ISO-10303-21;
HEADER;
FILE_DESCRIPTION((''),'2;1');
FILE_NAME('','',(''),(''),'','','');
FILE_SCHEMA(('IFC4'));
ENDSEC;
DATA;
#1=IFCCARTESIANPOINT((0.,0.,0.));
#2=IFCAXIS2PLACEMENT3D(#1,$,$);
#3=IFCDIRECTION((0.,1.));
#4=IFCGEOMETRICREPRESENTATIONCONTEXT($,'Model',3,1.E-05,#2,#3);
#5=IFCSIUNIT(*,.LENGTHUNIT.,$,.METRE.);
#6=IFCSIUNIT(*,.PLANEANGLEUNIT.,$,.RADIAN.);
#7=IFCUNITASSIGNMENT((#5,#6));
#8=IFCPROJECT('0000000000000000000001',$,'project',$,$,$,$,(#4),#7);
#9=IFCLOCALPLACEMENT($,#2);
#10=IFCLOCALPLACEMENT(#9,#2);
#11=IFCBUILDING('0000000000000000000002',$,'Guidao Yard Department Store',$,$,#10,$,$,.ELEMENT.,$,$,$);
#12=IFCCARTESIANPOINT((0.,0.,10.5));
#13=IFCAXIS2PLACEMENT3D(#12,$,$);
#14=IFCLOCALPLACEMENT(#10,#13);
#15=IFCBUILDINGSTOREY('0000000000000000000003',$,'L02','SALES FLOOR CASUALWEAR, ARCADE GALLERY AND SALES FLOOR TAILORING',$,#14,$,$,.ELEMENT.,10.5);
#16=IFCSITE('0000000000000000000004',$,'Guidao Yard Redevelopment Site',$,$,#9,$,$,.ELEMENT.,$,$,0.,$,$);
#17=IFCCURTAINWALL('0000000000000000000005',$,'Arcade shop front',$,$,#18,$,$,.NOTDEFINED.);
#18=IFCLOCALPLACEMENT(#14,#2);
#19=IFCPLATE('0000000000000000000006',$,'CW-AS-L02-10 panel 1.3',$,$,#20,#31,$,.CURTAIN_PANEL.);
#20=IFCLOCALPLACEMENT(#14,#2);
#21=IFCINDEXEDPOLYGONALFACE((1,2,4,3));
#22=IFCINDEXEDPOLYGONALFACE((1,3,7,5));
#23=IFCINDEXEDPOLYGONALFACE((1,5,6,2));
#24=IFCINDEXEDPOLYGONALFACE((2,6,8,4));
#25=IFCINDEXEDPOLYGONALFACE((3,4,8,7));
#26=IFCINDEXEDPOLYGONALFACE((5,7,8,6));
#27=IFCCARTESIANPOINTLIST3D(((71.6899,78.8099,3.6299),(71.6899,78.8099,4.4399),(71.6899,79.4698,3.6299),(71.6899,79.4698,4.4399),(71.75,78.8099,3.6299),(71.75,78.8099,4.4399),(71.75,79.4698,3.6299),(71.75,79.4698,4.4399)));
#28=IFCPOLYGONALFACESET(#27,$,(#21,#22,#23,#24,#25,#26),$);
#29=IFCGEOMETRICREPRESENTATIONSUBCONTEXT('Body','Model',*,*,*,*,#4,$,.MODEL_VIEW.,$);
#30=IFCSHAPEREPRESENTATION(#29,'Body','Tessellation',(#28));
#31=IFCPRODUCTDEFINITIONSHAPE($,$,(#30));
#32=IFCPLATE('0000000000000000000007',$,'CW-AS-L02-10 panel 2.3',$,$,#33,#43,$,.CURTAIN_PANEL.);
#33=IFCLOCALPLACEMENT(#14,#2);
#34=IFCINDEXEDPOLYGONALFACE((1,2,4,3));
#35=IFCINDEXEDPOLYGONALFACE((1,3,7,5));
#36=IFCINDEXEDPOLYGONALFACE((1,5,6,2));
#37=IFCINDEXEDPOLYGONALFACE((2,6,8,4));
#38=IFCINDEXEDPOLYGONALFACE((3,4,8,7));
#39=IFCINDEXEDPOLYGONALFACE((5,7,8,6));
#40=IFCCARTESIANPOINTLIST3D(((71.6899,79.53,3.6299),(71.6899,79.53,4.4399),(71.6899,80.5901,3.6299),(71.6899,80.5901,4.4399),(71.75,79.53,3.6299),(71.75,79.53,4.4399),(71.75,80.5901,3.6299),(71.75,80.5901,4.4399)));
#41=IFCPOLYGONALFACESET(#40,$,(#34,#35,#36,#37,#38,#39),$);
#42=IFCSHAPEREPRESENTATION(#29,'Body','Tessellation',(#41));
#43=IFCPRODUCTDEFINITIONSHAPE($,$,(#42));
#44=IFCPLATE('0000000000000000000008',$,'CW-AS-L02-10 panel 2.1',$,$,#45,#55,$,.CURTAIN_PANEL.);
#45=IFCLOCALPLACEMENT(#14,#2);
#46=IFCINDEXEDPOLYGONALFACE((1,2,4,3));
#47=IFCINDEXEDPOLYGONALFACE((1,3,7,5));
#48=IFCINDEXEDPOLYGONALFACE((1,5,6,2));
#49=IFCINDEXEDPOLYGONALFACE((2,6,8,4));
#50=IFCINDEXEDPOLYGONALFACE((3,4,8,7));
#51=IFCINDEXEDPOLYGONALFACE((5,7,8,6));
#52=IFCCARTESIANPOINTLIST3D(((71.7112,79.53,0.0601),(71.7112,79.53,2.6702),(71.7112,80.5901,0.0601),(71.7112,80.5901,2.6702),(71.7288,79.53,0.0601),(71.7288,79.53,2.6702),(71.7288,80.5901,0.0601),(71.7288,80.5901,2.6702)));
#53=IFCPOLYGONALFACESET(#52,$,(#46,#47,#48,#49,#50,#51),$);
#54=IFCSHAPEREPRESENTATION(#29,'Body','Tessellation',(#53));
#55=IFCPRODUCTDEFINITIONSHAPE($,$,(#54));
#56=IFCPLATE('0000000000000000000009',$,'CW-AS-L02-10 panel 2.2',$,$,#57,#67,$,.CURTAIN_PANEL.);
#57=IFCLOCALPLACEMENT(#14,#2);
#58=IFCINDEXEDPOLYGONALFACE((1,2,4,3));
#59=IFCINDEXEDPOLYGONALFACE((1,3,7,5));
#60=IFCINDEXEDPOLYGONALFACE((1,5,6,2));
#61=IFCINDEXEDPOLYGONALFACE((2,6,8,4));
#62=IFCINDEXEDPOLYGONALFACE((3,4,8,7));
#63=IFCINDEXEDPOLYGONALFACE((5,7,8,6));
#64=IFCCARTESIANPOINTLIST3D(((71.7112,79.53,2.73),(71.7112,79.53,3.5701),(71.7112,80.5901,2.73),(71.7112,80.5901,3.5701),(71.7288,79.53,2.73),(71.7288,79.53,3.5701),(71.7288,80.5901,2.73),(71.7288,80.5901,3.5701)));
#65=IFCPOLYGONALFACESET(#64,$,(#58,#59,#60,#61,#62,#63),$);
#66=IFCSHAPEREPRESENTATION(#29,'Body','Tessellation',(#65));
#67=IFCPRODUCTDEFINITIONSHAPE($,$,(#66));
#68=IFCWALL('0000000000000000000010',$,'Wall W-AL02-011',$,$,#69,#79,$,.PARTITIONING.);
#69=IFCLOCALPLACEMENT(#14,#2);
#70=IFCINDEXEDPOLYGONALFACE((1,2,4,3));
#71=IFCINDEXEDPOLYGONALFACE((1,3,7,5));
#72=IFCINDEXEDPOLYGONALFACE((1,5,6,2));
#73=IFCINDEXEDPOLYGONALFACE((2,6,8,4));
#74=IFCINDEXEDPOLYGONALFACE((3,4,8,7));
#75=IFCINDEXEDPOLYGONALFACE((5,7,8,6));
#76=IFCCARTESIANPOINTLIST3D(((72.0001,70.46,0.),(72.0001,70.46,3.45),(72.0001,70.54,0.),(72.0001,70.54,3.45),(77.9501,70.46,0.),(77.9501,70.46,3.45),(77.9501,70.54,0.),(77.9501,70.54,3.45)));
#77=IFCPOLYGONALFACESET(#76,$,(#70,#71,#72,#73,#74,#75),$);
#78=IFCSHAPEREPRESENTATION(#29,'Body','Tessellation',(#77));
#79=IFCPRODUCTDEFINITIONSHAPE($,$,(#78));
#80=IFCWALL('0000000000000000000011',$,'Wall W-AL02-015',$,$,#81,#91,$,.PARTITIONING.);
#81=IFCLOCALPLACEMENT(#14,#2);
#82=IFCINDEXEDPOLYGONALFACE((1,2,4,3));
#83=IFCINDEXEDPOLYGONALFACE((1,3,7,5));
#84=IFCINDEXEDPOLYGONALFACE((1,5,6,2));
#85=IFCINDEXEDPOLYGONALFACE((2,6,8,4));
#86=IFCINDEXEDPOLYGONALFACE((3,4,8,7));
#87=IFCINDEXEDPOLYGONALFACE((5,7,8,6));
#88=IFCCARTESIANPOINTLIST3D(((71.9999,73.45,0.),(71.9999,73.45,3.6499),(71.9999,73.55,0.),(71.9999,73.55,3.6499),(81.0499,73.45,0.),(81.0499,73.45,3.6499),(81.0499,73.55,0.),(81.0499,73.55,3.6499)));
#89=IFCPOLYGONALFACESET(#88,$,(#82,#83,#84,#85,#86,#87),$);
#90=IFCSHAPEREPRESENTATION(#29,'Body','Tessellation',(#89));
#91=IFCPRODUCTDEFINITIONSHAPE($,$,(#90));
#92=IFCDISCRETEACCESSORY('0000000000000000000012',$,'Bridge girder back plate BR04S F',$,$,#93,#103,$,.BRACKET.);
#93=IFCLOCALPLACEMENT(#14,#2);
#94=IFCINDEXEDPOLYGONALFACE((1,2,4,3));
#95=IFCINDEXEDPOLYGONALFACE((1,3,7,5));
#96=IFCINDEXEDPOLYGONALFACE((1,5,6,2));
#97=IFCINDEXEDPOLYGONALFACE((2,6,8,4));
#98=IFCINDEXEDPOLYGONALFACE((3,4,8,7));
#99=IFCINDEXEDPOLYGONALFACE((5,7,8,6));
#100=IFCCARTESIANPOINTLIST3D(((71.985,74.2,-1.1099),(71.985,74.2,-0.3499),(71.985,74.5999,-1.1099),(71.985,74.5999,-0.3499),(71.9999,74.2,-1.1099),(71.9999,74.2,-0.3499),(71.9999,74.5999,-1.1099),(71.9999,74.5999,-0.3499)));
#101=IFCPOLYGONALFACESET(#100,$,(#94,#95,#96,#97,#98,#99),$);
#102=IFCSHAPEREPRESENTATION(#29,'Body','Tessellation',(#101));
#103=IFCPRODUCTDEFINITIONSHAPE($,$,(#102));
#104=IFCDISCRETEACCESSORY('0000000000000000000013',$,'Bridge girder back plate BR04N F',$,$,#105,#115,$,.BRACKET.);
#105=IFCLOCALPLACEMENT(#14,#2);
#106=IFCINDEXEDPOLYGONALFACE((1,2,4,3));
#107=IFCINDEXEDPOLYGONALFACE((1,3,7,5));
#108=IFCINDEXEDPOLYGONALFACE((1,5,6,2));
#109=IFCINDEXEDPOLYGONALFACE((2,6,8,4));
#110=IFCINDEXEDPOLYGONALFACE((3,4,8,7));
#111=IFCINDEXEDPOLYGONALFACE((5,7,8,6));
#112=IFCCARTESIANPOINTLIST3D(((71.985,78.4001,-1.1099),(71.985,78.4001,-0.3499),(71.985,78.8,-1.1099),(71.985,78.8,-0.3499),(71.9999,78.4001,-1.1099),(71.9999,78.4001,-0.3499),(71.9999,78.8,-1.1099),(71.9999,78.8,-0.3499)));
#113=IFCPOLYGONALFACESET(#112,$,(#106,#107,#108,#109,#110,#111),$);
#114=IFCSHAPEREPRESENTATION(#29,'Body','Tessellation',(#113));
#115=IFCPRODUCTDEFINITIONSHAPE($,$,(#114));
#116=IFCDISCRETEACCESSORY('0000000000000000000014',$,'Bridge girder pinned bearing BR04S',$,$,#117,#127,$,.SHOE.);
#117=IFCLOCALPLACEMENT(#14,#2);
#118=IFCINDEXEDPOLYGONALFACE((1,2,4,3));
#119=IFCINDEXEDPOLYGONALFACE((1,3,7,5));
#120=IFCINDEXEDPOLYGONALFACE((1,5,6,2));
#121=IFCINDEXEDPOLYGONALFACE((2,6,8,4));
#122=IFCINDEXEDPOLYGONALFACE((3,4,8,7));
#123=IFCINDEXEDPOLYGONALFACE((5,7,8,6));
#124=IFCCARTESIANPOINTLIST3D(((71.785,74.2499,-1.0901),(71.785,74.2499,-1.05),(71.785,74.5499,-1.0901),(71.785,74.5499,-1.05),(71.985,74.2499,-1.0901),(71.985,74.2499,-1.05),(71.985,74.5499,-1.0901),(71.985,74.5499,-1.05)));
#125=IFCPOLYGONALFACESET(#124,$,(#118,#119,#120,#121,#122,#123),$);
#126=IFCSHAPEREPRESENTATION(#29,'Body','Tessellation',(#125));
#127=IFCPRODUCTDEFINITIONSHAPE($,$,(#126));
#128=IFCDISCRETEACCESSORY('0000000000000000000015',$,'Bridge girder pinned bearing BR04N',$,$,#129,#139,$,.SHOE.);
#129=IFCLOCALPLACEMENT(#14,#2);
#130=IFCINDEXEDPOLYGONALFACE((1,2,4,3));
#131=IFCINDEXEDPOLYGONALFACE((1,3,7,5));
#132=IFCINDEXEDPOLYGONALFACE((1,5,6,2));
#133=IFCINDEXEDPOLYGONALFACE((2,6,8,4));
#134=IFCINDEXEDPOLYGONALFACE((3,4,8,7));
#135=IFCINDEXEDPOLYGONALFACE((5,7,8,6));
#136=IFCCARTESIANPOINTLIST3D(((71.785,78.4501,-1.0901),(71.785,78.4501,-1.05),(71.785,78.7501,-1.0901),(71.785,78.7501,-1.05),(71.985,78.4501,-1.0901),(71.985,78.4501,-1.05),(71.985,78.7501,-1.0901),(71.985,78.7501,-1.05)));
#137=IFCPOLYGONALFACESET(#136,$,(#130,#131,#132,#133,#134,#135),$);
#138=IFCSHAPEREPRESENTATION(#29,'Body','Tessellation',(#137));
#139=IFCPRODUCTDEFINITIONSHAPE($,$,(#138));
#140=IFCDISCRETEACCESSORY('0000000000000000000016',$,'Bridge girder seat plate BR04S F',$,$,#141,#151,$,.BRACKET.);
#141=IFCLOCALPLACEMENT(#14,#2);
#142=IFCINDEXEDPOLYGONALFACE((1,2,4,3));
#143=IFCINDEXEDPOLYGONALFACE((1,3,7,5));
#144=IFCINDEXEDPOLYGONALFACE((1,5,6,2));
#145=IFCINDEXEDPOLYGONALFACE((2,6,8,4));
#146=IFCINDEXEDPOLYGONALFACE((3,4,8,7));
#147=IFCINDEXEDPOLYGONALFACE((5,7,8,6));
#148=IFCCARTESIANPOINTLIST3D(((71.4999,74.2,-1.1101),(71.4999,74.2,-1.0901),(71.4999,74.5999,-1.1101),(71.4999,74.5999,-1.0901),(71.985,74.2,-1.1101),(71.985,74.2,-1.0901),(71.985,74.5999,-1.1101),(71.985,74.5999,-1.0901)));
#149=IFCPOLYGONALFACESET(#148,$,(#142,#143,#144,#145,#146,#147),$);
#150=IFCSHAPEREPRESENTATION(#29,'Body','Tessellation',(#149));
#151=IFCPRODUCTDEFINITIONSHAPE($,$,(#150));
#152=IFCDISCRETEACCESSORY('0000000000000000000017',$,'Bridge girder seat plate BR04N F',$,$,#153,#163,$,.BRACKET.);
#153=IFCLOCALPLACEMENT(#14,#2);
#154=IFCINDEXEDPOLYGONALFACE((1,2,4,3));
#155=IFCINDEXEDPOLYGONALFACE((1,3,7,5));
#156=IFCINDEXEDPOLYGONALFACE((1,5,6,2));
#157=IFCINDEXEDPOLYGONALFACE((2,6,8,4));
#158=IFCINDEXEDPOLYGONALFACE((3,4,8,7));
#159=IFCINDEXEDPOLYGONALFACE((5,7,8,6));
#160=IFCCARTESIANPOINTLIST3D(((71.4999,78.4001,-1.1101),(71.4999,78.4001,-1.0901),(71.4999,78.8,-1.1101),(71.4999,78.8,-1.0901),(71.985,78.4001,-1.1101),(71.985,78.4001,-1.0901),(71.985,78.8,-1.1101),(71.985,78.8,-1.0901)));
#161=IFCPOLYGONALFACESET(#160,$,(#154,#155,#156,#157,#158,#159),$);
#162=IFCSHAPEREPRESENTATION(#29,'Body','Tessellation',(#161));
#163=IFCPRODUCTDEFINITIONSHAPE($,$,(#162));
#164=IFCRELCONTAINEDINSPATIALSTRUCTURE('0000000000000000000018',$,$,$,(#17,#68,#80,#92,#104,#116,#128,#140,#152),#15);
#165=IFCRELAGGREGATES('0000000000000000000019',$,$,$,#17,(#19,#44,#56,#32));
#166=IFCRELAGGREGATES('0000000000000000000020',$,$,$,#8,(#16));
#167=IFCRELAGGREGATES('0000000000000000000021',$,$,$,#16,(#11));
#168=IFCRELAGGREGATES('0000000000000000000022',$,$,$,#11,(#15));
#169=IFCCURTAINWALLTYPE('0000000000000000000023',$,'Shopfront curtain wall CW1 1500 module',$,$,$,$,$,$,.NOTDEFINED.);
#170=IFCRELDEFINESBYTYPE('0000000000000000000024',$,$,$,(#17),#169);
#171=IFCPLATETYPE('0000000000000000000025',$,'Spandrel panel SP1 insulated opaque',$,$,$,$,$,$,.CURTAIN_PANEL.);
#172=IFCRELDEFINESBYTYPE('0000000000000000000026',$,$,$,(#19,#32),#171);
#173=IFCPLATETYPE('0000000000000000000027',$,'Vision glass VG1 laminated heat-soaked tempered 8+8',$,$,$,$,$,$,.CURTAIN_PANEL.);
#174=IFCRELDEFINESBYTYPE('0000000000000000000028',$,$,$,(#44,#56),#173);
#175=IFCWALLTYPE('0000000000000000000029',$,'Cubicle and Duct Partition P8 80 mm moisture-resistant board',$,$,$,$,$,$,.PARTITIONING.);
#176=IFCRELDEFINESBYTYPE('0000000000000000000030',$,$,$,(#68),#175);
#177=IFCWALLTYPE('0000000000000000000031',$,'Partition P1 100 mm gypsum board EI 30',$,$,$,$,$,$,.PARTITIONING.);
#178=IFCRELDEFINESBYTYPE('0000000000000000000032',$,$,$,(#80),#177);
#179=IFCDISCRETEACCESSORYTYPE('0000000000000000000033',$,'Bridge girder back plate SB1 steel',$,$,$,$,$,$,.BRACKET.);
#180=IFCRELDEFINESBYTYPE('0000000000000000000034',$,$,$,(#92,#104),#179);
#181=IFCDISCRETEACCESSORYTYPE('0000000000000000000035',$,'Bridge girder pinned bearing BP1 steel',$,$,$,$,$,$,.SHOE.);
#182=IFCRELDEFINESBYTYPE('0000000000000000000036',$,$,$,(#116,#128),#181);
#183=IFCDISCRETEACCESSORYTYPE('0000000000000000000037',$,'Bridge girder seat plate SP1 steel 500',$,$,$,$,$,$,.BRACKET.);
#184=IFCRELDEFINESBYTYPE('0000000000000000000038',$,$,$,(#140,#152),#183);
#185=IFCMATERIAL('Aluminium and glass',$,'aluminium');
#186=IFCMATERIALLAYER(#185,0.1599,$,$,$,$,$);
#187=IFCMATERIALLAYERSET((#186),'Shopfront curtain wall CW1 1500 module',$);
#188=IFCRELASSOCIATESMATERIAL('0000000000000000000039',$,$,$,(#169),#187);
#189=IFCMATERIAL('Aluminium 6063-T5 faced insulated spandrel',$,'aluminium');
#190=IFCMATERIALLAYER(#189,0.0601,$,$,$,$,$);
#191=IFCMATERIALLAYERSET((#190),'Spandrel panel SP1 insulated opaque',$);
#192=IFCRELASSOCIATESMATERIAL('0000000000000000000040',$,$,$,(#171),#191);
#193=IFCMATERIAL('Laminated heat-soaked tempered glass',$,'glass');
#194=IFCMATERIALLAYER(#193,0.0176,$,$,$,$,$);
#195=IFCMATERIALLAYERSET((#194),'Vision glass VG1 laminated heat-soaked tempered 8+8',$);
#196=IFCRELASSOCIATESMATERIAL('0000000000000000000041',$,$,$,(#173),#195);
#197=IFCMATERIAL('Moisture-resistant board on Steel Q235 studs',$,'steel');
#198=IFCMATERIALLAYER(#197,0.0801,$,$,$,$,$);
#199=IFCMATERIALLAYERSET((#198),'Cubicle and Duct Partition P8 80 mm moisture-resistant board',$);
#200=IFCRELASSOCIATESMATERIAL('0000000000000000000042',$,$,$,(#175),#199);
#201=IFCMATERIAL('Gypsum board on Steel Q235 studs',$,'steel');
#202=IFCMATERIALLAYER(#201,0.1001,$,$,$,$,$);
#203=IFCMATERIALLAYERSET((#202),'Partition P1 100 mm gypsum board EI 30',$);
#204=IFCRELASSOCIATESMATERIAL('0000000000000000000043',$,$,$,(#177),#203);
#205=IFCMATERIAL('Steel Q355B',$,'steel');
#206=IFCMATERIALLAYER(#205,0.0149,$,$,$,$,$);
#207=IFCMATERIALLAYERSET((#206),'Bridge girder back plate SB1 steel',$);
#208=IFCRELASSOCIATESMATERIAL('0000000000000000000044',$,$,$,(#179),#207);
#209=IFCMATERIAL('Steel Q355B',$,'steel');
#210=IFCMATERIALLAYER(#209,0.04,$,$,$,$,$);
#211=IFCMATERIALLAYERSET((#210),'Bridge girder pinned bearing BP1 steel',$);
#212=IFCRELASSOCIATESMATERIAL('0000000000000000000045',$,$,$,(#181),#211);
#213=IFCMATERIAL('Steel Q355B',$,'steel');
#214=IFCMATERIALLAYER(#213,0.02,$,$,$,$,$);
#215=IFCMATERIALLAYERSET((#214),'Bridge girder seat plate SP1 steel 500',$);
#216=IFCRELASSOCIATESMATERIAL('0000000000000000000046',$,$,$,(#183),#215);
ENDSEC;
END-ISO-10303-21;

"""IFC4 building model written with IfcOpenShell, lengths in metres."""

from ifc_helpers import new_model, si_unit, direction, frame, frame_2d, origin, origin_2d, place, context, subcontext, project, spatial, rectangle, extrude, material, layer, layer_set, type_object, element, aggregate, save


model = new_model("IFC4")

# Units and contexts
model_context = context("Model", 3, precision=1e-05, world=origin(), true_north=direction((0.0, 1.0)))
body_context = subcontext(model_context, "Body", "Model", "MODEL_VIEW")
ifc_project = project(units=[si_unit("LENGTHUNIT", "METRE"), si_unit("PLANEANGLEUNIT", "RADIAN")], contexts=[model_context])

# Site, building, storey
site_placement = place(None, origin())
site = spatial("IfcSite", under=ifc_project, at=site_placement, Name="Guidao Yard Redevelopment Site", CompositionType="ELEMENT", RefElevation=0.0)
building_placement = place(site_placement, origin())
building = spatial("IfcBuilding", under=site, at=building_placement, Name="Guidao Yard Department Store", CompositionType="ELEMENT")
storey_placement = place(building_placement, frame((0.0, 0.0, 10.5)))
storey = spatial("IfcBuildingStorey", under=building, at=storey_placement, Name="L02", Description="SALES FLOOR CASUALWEAR, ARCADE GALLERY AND SALES FLOOR TAILORING", CompositionType="ELEMENT", Elevation=10.5)

# Curtain wall
ifc_material_1 = material(Name="Aluminium and glass", Category="aluminium")
ifc_layer_1 = layer(ifc_material_1, 0.1599)
ifc_layer_set_1 = layer_set([ifc_layer_1], Name="Shopfront curtain wall CW1 1500 module")
curtain_wall_type_1 = type_object("IfcCurtainWallType", Name="Shopfront curtain wall CW1 1500 module", PredefinedType="NOTDEFINED", material=ifc_layer_set_1)
curtain_wall_1_placement = place(storey_placement, origin())
curtain_wall_1 = element("IfcCurtainWall", 1, at=curtain_wall_1_placement, inside=storey, type_object=curtain_wall_type_1, Name="Arcade shop front", PredefinedType="NOTDEFINED")

# Plates
ifc_material_2 = material(Name="Aluminium 6063-T5 faced insulated spandrel", Category="aluminium")
ifc_layer_2 = layer(ifc_material_2, 0.0601)
ifc_layer_set_2 = layer_set([ifc_layer_2], Name="Spandrel panel SP1 insulated opaque")
plate_type_1 = type_object("IfcPlateType", Name="Spandrel panel SP1 insulated opaque", PredefinedType="CURTAIN_PANEL", material=ifc_layer_set_2)
plate_1_placement = place(storey_placement, frame((71.72, 79.1399, 3.6299), z_axis=(0.0, 0.0, 1.0), x_axis=(0.0, 1.0, 0.0)))
plate_1 = element("IfcPlate", 2, at=plate_1_placement, type_object=plate_type_1, Name="CW-AS-L02-10 panel 1.3", PredefinedType="CURTAIN_PANEL", context=body_context, shape_type="SweptSolid", body=[
    extrude(rectangle(XDim=0.6599, YDim=0.0601, at=origin_2d()), origin(), (0.0, 0.0, 1.0), 0.8101),
])
plate_2_placement = place(storey_placement, frame((71.72, 80.0601, 3.6299), z_axis=(0.0, 0.0, 1.0), x_axis=(0.0, 1.0, 0.0)))
plate_2 = element("IfcPlate", 3, at=plate_2_placement, type_object=plate_type_1, Name="CW-AS-L02-10 panel 2.3", PredefinedType="CURTAIN_PANEL", context=body_context, shape_type="SweptSolid", body=[
    extrude(rectangle(XDim=1.0601, YDim=0.0601, at=origin_2d()), origin(), (0.0, 0.0, 1.0), 0.8101),
])
ifc_material_3 = material(Name="Laminated heat-soaked tempered glass", Category="glass")
ifc_layer_3 = layer(ifc_material_3, 0.0176)
ifc_layer_set_3 = layer_set([ifc_layer_3], Name="Vision glass VG1 laminated heat-soaked tempered 8+8")
plate_type_2 = type_object("IfcPlateType", Name="Vision glass VG1 laminated heat-soaked tempered 8+8", PredefinedType="CURTAIN_PANEL", material=ifc_layer_set_3)
plate_3_placement = place(storey_placement, frame((71.72, 80.0601, 0.0601), z_axis=(0.0, 0.0, 1.0), x_axis=(0.0, 1.0, 0.0)))
plate_3 = element("IfcPlate", 4, at=plate_3_placement, type_object=plate_type_2, Name="CW-AS-L02-10 panel 2.1", PredefinedType="CURTAIN_PANEL", context=body_context, shape_type="SweptSolid", body=[
    extrude(rectangle(XDim=1.0601, YDim=0.0176, at=origin_2d()), origin(), (0.0, 0.0, 1.0), 2.6101),
])
plate_4_placement = place(storey_placement, frame((71.72, 80.0601, 2.73), z_axis=(0.0, 0.0, 1.0), x_axis=(0.0, 1.0, 0.0)))
plate_4 = element("IfcPlate", 5, at=plate_4_placement, type_object=plate_type_2, Name="CW-AS-L02-10 panel 2.2", PredefinedType="CURTAIN_PANEL", context=body_context, shape_type="SweptSolid", body=[
    extrude(rectangle(XDim=1.0601, YDim=0.0176, at=origin_2d()), origin(), (0.0, 0.0, 1.0), 0.8401),
])
aggregate(curtain_wall_1, [plate_1, plate_3, plate_4, plate_2])

# Walls
ifc_material_4 = material(Name="Moisture-resistant board on Steel Q235 studs", Category="steel")
ifc_layer_4 = layer(ifc_material_4, 0.0801)
ifc_layer_set_4 = layer_set([ifc_layer_4], Name="Cubicle and Duct Partition P8 80 mm moisture-resistant board")
wall_type_1 = type_object("IfcWallType", Name="Cubicle and Duct Partition P8 80 mm moisture-resistant board", PredefinedType="PARTITIONING", material=ifc_layer_set_4)
wall_1_placement = place(storey_placement, frame((72.0, 70.5, 0.0), z_axis=(0.0, 0.0, 1.0), x_axis=(1.0, 0.0, 0.0)))
element("IfcWall", 6, at=wall_1_placement, inside=storey, type_object=wall_type_1, Name="Wall W-AL02-011", PredefinedType="PARTITIONING", context=body_context, shape_type="SweptSolid", body=[
    extrude(rectangle(XDim=5.95, YDim=0.0801, at=frame_2d((2.9751, 0.0))), origin(), (0.0, 0.0, 1.0), 3.45),
])
ifc_material_5 = material(Name="Gypsum board on Steel Q235 studs", Category="steel")
ifc_layer_5 = layer(ifc_material_5, 0.1001)
ifc_layer_set_5 = layer_set([ifc_layer_5], Name="Partition P1 100 mm gypsum board EI 30")
wall_type_2 = type_object("IfcWallType", Name="Partition P1 100 mm gypsum board EI 30", PredefinedType="PARTITIONING", material=ifc_layer_set_5)
wall_2_placement = place(storey_placement, frame((72.0, 73.5, 0.0), z_axis=(0.0, 0.0, 1.0), x_axis=(1.0, 0.0, 0.0)))
element("IfcWall", 7, at=wall_2_placement, inside=storey, type_object=wall_type_2, Name="Wall W-AL02-015", PredefinedType="PARTITIONING", context=body_context, shape_type="SweptSolid", body=[
    extrude(rectangle(XDim=9.05, YDim=0.1001, at=frame_2d((4.5249, 0.0))), origin(), (0.0, 0.0, 1.0), 3.6499),
])

# Discrete accessories
ifc_material_6 = material(Name="Steel Q355B", Category="steel")
ifc_layer_6 = layer(ifc_material_6, 0.0149)
ifc_layer_set_6 = layer_set([ifc_layer_6], Name="Bridge girder back plate SB1 steel")
discrete_accessory_type_1 = type_object("IfcDiscreteAccessoryType", Name="Bridge girder back plate SB1 steel", PredefinedType="BRACKET", material=ifc_layer_set_6)
for number, where, z_axis, x_axis, name in (
    (8, (71.9924, 74.3999, -1.1099), (0.0, 0.0, 1.0), (1.0, 0.0, 0.0), "Bridge girder back plate BR04S F"),
    (9, (71.9924, 78.6001, -1.1099), (0.0, 0.0, 1.0), (1.0, 0.0, 0.0), "Bridge girder back plate BR04N F"),
):
    element("IfcDiscreteAccessory", number, at=place(storey_placement, frame(where, z_axis=z_axis, x_axis=x_axis)), inside=storey, type_object=discrete_accessory_type_1, Name=name, PredefinedType="BRACKET", context=body_context, shape_type="SweptSolid", body=[
        extrude(rectangle(XDim=0.0149, YDim=0.3999, at=origin_2d()), origin(), (0.0, 0.0, 1.0), 0.76),
    ])
ifc_material_7 = material(Name="Steel Q355B", Category="steel")
ifc_layer_7 = layer(ifc_material_7, 0.04)
ifc_layer_set_7 = layer_set([ifc_layer_7], Name="Bridge girder pinned bearing BP1 steel")
discrete_accessory_type_2 = type_object("IfcDiscreteAccessoryType", Name="Bridge girder pinned bearing BP1 steel", PredefinedType="SHOE", material=ifc_layer_set_7)
for number, where, z_axis, x_axis, name in (
    (10, (71.885, 74.3999, -1.0901), (0.0, 0.0, 1.0), (1.0, 0.0, 0.0), "Bridge girder pinned bearing BR04S"),
    (11, (71.885, 78.6001, -1.0901), (0.0, 0.0, 1.0), (1.0, 0.0, 0.0), "Bridge girder pinned bearing BR04N"),
):
    element("IfcDiscreteAccessory", number, at=place(storey_placement, frame(where, z_axis=z_axis, x_axis=x_axis)), inside=storey, type_object=discrete_accessory_type_2, Name=name, PredefinedType="SHOE", context=body_context, shape_type="SweptSolid", body=[
        extrude(rectangle(XDim=0.2, YDim=0.3, at=origin_2d()), origin(), (0.0, 0.0, 1.0), 0.04),
    ])
ifc_material_8 = material(Name="Steel Q355B", Category="steel")
ifc_layer_8 = layer(ifc_material_8, 0.02)
ifc_layer_set_8 = layer_set([ifc_layer_8], Name="Bridge girder seat plate SP1 steel 500")
discrete_accessory_type_3 = type_object("IfcDiscreteAccessoryType", Name="Bridge girder seat plate SP1 steel 500", PredefinedType="BRACKET", material=ifc_layer_set_8)
for number, where, z_axis, x_axis, name in (
    (12, (71.7424, 74.3999, -1.1101), (0.0, 0.0, 1.0), (1.0, 0.0, 0.0), "Bridge girder seat plate BR04S F"),
    (13, (71.7424, 78.6001, -1.1101), (0.0, 0.0, 1.0), (1.0, 0.0, 0.0), "Bridge girder seat plate BR04N F"),
):
    element("IfcDiscreteAccessory", number, at=place(storey_placement, frame(where, z_axis=z_axis, x_axis=x_axis)), inside=storey, type_object=discrete_accessory_type_3, Name=name, PredefinedType="BRACKET", context=body_context, shape_type="SweptSolid", body=[
        extrude(rectangle(XDim=0.4851, YDim=0.3999, at=origin_2d()), origin(), (0.0, 0.0, 1.0), 0.02),
    ])

save(model, "model.ifc")
